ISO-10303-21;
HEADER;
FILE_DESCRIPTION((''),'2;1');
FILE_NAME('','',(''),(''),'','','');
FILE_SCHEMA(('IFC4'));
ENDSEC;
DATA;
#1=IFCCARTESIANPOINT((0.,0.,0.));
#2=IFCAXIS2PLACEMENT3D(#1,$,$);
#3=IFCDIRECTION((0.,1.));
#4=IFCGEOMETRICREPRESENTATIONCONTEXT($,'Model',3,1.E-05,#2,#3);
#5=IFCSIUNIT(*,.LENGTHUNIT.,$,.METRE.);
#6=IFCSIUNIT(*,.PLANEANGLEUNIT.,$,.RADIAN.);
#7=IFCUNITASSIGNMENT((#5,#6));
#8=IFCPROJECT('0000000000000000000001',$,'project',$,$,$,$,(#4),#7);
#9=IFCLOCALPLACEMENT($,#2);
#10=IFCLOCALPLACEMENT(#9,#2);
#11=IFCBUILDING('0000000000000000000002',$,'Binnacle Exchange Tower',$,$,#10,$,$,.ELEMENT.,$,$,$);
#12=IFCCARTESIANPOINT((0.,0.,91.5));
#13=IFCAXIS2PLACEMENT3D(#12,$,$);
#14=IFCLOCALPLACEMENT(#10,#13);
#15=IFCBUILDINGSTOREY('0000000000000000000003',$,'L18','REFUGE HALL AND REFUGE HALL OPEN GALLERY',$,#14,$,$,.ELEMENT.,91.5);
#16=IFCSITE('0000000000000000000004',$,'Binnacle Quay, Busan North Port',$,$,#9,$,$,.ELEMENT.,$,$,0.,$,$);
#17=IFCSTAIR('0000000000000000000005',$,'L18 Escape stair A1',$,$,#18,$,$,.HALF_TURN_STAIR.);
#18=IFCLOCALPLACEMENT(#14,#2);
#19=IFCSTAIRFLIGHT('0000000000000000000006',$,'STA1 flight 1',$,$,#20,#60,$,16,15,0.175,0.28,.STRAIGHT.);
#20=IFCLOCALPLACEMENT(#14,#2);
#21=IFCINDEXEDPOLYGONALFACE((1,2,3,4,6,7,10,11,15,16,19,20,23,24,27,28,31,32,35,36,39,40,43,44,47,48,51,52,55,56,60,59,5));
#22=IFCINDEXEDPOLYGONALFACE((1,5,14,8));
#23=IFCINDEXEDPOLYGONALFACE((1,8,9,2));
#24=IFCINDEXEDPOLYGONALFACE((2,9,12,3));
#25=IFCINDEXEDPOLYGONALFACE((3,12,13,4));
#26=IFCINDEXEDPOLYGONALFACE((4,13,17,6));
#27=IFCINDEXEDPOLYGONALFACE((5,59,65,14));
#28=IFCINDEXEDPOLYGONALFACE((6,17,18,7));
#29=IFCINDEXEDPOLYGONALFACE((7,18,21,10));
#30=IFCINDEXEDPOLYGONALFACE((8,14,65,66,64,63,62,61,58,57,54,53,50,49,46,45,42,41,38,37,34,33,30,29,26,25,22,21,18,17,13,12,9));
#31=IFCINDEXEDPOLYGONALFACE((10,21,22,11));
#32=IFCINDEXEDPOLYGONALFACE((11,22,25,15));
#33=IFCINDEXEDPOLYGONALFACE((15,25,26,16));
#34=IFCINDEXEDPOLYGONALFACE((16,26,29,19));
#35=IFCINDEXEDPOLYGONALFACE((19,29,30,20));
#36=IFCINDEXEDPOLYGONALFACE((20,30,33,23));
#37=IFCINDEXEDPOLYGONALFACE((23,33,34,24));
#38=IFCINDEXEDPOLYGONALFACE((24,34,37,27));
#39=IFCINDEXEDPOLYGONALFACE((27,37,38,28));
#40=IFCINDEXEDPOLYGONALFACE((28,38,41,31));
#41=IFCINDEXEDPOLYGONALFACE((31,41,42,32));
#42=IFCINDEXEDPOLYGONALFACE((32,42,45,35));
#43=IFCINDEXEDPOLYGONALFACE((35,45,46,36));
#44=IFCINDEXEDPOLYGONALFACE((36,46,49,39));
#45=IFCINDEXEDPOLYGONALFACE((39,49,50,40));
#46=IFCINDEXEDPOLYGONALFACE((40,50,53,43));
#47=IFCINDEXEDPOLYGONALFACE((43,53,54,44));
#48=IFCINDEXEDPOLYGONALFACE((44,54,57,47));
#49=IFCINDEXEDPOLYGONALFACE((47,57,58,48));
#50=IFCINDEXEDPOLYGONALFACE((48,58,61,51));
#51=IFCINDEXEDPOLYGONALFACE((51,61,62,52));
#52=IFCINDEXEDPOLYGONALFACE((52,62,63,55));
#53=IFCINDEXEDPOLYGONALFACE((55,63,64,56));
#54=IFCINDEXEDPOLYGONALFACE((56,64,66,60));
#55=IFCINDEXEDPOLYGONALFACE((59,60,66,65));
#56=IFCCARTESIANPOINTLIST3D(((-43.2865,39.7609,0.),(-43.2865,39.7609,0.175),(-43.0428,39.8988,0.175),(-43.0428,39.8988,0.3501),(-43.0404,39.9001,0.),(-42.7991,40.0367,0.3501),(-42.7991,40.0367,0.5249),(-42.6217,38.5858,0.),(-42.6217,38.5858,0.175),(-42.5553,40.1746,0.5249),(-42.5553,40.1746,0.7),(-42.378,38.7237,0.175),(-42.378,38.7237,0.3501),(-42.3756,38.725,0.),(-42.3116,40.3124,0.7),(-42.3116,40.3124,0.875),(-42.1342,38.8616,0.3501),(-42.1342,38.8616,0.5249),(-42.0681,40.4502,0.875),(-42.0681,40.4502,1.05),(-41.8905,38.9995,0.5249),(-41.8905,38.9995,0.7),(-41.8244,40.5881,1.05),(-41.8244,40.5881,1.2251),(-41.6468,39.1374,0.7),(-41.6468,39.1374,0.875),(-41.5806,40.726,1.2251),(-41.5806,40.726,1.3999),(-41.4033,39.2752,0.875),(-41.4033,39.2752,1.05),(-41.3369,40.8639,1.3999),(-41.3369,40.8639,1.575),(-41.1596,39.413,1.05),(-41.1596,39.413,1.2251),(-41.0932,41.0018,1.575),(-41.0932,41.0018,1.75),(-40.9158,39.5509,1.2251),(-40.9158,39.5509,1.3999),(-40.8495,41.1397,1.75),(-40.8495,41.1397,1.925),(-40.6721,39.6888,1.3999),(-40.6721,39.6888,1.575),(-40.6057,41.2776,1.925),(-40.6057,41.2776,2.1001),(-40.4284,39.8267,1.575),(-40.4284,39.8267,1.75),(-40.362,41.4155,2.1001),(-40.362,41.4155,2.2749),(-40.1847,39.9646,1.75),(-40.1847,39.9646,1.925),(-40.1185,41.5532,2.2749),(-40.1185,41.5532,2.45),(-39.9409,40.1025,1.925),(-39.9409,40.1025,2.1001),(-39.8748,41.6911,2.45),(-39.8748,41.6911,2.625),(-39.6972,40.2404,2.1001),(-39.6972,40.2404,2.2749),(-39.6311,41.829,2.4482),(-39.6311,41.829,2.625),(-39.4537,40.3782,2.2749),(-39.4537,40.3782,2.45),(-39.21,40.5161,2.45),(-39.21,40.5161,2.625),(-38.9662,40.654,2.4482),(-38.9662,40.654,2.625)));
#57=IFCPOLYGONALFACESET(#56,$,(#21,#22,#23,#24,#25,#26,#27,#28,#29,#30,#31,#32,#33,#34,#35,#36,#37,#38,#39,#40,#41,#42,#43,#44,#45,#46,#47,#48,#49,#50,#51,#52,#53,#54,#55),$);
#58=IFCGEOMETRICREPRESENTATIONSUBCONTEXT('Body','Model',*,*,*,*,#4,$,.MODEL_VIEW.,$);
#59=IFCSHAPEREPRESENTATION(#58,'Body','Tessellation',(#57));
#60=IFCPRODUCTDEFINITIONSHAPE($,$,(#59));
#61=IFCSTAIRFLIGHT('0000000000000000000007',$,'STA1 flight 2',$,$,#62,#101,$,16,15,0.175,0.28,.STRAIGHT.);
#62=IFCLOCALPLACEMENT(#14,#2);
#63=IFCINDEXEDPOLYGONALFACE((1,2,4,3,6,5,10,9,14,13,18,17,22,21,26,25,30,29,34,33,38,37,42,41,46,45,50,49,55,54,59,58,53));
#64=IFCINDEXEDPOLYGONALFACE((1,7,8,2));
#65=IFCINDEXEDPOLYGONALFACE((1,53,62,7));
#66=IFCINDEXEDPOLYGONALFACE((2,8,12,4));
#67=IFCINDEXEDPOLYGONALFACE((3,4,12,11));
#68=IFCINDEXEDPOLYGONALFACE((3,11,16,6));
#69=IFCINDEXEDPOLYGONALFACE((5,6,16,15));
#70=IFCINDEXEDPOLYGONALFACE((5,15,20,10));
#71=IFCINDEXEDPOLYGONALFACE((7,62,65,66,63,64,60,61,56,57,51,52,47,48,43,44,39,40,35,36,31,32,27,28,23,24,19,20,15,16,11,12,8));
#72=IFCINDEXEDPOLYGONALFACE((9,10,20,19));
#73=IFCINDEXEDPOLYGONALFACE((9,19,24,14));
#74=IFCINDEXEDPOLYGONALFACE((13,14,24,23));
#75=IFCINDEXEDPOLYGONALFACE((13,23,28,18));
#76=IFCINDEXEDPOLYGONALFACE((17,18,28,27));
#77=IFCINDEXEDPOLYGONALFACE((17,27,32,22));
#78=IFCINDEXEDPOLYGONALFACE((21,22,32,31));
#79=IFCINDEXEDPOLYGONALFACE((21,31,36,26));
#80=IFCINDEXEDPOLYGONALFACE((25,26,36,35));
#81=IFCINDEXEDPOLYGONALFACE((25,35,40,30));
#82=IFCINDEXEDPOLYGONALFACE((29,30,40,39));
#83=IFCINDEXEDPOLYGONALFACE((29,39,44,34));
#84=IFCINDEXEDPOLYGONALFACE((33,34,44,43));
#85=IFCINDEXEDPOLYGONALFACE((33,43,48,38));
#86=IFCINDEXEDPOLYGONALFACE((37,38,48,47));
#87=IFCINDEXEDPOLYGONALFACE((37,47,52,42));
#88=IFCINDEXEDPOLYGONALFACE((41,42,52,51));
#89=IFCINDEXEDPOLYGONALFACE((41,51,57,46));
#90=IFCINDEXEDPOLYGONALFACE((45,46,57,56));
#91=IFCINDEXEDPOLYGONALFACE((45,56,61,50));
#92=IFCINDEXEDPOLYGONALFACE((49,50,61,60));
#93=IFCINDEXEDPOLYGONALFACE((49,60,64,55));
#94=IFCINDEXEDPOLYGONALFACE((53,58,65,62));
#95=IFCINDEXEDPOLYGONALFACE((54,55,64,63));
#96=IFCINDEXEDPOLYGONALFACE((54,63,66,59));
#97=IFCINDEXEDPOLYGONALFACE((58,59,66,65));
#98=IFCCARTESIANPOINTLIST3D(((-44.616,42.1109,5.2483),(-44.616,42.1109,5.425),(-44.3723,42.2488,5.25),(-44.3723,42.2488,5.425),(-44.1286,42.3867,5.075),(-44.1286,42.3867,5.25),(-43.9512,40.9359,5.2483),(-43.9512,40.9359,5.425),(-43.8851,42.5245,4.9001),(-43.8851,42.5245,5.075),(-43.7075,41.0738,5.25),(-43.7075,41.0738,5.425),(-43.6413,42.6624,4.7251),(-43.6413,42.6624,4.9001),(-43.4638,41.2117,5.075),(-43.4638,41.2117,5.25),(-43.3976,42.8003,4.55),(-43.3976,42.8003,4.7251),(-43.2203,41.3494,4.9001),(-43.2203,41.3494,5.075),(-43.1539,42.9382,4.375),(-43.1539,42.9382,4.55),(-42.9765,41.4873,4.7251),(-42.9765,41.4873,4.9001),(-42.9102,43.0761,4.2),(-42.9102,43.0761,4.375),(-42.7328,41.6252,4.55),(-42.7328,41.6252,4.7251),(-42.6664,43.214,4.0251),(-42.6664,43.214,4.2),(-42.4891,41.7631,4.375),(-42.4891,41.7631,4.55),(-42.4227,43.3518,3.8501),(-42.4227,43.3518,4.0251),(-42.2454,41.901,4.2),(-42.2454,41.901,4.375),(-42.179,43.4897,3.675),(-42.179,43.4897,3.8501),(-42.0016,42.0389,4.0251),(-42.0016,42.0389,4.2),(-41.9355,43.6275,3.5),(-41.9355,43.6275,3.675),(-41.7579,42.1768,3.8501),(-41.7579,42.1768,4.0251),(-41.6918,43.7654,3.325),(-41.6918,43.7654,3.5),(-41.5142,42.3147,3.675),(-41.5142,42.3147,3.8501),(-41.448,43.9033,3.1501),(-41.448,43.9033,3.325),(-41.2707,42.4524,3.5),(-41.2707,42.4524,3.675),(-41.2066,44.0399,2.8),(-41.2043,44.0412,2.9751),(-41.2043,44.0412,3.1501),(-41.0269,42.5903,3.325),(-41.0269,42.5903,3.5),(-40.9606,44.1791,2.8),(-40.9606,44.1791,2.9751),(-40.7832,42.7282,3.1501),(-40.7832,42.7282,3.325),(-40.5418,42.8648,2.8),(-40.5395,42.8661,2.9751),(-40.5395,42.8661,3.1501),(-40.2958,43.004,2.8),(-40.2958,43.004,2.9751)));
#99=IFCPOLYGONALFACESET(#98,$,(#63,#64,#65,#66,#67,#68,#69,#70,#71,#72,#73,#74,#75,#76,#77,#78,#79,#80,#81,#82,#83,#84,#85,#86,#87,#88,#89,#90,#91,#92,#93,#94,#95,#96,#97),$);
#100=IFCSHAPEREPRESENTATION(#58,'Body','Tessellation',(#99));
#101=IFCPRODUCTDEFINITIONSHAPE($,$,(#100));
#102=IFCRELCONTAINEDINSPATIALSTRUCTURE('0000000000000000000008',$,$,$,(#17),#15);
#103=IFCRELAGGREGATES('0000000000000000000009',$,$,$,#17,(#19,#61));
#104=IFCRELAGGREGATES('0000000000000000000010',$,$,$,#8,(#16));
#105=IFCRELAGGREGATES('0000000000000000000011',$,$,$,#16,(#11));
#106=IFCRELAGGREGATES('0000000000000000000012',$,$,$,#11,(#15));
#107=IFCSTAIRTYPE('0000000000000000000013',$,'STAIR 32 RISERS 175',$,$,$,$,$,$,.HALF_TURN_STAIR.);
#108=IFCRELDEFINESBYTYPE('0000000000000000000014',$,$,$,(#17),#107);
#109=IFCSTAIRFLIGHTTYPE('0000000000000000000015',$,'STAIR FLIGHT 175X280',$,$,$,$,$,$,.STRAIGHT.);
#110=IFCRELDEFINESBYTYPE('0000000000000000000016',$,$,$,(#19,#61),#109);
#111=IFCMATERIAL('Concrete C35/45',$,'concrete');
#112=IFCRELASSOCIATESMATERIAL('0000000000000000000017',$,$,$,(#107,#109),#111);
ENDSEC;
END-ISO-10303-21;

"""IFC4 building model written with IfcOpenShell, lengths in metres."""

from ifc_helpers import new_model, si_unit, direction, frame, origin, place, context, subcontext, project, spatial, polyline, outline, extrude, material, type_object, element, aggregate, save


model = new_model("IFC4")

# Units and contexts
model_context = context("Model", 3, precision=1e-05, world=origin(), true_north=direction((0.0, 1.0)))
body_context = subcontext(model_context, "Body", "Model", "MODEL_VIEW")
ifc_project = project(units=[si_unit("LENGTHUNIT", "METRE"), si_unit("PLANEANGLEUNIT", "RADIAN")], contexts=[model_context])

# Site, building, storey
site_placement = place(None, origin())
site = spatial("IfcSite", under=ifc_project, at=site_placement, Name="Binnacle Quay, Busan North Port", CompositionType="ELEMENT", RefElevation=0.0)
building_placement = place(site_placement, origin())
building = spatial("IfcBuilding", under=site, at=building_placement, Name="Binnacle Exchange Tower", CompositionType="ELEMENT")
storey_placement = place(building_placement, frame((0.0, 0.0, 91.5)))
storey = spatial("IfcBuildingStorey", under=building, at=storey_placement, Name="L18", Description="REFUGE HALL AND REFUGE HALL OPEN GALLERY", CompositionType="ELEMENT", Elevation=91.5)

# Stair, stair flights
ifc_material_1 = material(Name="Concrete C35/45", Category="concrete")
stair_type = type_object("IfcStairType", Name="STAIR 32 RISERS 175", PredefinedType="HALF_TURN_STAIR", material=ifc_material_1)
stair_placement = place(storey_placement, origin())
stair = element("IfcStair", 1, at=stair_placement, inside=storey, type_object=stair_type, Name="L18 Escape stair A1", PredefinedType="HALF_TURN_STAIR")
stair_flight_type = type_object("IfcStairFlightType", Name="STAIR FLIGHT 175X280", PredefinedType="STRAIGHT", material=ifc_material_1)
stair_flight_1_placement = place(storey_placement, frame((-42.9541, 39.1733, 0.0), z_axis=(0.0, 0.0, 1.0), x_axis=(0.870356, 0.492424, 0.0)))
stair_flight_1 = element("IfcStairFlight", 2, at=stair_flight_1_placement, type_object=stair_flight_type, Name="STA1 flight 1", NumberOfRisers=16, NumberOfTreads=15, PredefinedType="STRAIGHT", RiserHeight=0.175, TreadLength=0.28, context=body_context, shape_type="SweptSolid", body=[
    extrude(outline(polyline([(0.0, 0.0), (0.0, 0.175), (0.28, 0.175), (0.28, 0.3501), (0.5601, 0.3501), (0.5601, 0.5249), (0.8401, 0.5249), (0.8401, 0.7), (1.1201, 0.7), (1.1201, 0.875), (1.3999, 0.875), (1.3999, 1.05), (1.6799, 1.05), (1.6799, 1.2251), (1.96, 1.2251), (1.96, 1.3999), (2.24, 1.3999), (2.24, 1.575), (2.52, 1.575), (2.52, 1.75), (2.8, 1.75), (2.8, 1.925), (3.0801, 1.925), (3.0801, 2.1001), (3.3601, 2.1001), (3.3601, 2.2749), (3.6399, 2.2749), (3.6399, 2.45), (3.9199, 2.45), (3.9199, 2.625), (4.2, 2.625), (4.2, 2.8), (4.2, 2.4482), (0.2827, 0.0), (0.0, 0.0)])), frame((0.0, 0.675, 0.0), z_axis=(0.0, -1.0, 0.0), x_axis=(1.0, 0.0, 0.0)), (0.0, 0.0, 1.0), 1.3501),
])
stair_flight_2_placement = place(storey_placement, frame((-40.6282, 43.5916, 2.8), z_axis=(0.0, 0.0, 1.0), x_axis=(-0.870356, -0.492424, 0.0)))
stair_flight_2 = element("IfcStairFlight", 3, at=stair_flight_2_placement, type_object=stair_flight_type, Name="STA1 flight 2", NumberOfRisers=16, NumberOfTreads=15, PredefinedType="STRAIGHT", RiserHeight=0.175, TreadLength=0.28, context=body_context, shape_type="SweptSolid", body=[
    extrude(outline(polyline([(0.0, 0.0), (0.0, 0.175), (0.28, 0.175), (0.28, 0.3501), (0.5601, 0.3501), (0.5601, 0.5249), (0.8401, 0.5249), (0.8401, 0.7), (1.1201, 0.7), (1.1201, 0.875), (1.3999, 0.875), (1.3999, 1.05), (1.6799, 1.05), (1.6799, 1.2251), (1.96, 1.2251), (1.96, 1.3999), (2.24, 1.3999), (2.24, 1.575), (2.52, 1.575), (2.52, 1.75), (2.8, 1.75), (2.8, 1.925), (3.0801, 1.925), (3.0801, 2.1001), (3.3601, 2.1001), (3.3601, 2.2749), (3.6399, 2.2749), (3.6399, 2.45), (3.9199, 2.45), (3.9199, 2.625), (4.2, 2.625), (4.2, 2.8), (4.2, 2.4482), (0.2827, 0.0), (0.0, 0.0)])), frame((0.0, 0.675, 0.0), z_axis=(0.0, -1.0, 0.0), x_axis=(1.0, 0.0, 0.0)), (0.0, 0.0, 1.0), 1.3501),
])
aggregate(stair, [stair_flight_1, stair_flight_2])

save(model, "model.ifc")
